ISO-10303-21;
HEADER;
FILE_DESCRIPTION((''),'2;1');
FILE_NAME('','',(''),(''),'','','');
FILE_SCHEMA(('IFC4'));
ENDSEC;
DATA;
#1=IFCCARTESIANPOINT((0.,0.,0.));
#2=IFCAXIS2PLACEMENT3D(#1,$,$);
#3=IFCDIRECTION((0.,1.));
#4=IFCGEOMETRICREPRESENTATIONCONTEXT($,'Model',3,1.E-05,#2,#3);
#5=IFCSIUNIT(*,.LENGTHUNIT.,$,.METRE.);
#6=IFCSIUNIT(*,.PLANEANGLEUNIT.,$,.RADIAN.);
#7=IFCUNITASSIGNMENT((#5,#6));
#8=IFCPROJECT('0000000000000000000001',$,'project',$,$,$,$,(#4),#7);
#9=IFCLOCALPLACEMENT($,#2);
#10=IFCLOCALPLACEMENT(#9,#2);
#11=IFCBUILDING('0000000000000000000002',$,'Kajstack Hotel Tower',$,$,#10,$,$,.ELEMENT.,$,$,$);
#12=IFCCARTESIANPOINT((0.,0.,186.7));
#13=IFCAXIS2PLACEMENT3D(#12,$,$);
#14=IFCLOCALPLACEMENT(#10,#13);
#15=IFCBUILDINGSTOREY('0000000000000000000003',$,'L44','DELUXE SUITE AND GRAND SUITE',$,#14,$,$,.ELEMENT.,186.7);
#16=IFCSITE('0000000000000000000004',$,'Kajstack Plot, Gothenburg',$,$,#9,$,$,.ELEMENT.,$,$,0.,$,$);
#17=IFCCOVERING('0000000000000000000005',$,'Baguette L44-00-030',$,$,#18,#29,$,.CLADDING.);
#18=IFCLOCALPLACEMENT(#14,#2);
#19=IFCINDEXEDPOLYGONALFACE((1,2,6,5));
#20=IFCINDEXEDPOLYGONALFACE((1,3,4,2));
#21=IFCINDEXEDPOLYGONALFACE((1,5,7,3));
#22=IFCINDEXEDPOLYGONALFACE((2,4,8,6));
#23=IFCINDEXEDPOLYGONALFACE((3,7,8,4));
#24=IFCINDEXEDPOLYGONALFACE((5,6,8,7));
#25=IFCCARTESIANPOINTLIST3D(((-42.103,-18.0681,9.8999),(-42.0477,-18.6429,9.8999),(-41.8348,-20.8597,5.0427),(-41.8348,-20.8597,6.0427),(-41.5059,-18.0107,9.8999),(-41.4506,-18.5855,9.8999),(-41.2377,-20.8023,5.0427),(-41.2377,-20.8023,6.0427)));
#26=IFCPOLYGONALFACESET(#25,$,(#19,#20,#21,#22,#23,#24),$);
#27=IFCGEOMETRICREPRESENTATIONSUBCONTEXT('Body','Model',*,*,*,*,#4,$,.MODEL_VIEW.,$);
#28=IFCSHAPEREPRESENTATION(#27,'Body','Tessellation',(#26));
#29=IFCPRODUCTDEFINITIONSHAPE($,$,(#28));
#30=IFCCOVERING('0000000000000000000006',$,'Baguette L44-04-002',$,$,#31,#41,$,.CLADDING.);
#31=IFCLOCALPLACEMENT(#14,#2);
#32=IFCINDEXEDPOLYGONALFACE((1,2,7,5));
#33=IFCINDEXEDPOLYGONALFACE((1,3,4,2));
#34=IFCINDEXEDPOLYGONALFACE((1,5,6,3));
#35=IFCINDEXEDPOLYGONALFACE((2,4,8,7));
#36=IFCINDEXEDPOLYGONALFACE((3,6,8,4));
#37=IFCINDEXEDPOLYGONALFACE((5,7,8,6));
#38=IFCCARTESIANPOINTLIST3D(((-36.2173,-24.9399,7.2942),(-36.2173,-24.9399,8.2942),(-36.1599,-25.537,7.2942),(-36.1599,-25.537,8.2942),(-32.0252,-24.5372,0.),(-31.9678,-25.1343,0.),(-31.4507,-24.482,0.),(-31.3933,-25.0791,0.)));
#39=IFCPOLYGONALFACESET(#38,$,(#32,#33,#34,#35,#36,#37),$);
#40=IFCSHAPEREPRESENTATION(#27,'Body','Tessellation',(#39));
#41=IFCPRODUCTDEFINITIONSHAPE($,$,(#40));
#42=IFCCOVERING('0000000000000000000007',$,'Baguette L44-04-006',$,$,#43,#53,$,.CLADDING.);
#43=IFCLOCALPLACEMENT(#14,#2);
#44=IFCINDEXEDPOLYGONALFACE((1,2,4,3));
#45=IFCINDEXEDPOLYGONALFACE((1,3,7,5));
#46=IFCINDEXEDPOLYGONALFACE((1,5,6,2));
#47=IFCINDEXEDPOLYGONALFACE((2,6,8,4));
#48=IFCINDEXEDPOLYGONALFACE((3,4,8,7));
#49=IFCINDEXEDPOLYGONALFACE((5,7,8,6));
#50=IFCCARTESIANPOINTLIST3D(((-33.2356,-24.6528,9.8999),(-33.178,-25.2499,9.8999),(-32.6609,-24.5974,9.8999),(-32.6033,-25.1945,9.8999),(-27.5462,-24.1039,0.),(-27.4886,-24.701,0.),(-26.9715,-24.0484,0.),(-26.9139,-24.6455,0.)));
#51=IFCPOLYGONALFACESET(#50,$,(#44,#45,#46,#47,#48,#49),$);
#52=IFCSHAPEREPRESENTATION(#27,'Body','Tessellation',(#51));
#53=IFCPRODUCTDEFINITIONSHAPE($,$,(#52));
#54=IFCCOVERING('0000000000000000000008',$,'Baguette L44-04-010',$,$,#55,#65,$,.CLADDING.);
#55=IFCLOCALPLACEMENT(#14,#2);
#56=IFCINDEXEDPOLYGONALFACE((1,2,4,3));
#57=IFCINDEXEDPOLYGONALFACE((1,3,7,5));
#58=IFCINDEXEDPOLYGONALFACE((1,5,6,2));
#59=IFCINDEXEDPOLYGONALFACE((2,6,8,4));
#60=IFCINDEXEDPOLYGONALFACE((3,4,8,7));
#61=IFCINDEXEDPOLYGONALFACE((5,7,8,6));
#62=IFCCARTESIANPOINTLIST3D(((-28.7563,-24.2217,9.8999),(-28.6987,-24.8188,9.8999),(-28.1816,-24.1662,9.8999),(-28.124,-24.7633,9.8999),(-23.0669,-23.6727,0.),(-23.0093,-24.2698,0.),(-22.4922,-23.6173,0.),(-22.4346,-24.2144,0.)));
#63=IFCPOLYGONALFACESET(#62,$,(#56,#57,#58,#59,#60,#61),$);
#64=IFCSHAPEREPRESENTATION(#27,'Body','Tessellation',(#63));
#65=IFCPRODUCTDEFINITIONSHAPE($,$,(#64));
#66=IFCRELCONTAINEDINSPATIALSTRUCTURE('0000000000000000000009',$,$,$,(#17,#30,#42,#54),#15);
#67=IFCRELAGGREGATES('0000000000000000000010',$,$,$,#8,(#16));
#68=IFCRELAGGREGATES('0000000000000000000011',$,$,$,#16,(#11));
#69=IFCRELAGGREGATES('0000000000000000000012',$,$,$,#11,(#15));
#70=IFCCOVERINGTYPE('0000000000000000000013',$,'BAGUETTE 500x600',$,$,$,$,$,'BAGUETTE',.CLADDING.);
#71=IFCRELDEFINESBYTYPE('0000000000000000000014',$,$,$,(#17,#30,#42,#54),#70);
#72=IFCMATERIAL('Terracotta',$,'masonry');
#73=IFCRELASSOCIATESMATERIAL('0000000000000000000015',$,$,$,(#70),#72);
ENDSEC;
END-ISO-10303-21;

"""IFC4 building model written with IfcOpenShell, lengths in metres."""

from ifc_helpers import new_model, si_unit, direction, frame, origin, origin_2d, place, context, subcontext, project, spatial, polyline, rectangle, outline, extrude, material, material_profile, profile_set, type_object, element, save


model = new_model("IFC4")

# Units and contexts
model_context = context("Model", 3, precision=1e-05, world=origin(), true_north=direction((0.0, 1.0)))
body_context = subcontext(model_context, "Body", "Model", "MODEL_VIEW")
ifc_project = project(units=[si_unit("LENGTHUNIT", "METRE"), si_unit("PLANEANGLEUNIT", "RADIAN")], contexts=[model_context])

# Site, building, storey
site_placement = place(None, origin())
site = spatial("IfcSite", under=ifc_project, at=site_placement, Name="Kajstack Plot, Gothenburg", CompositionType="ELEMENT", RefElevation=0.0)
building_placement = place(site_placement, origin())
building = spatial("IfcBuilding", under=site, at=building_placement, Name="Kajstack Hotel Tower", CompositionType="ELEMENT")
storey_placement = place(building_placement, frame((0.0, 0.0, 186.7)))
storey = spatial("IfcBuildingStorey", under=building, at=storey_placement, Name="L44", Description="DELUXE SUITE AND GRAND SUITE", CompositionType="ELEMENT", Elevation=186.7)

# Coverings
ifc_material_1 = material(Name="Terracotta", Category="masonry")
ifc_material_profile = material_profile(ifc_material_1, rectangle(XDim=0.6001, YDim=0.5, at=origin_2d()), Name="Terracotta-clad concrete baguette 500 x 600")
ifc_profile_set = profile_set([ifc_material_profile], Name="Terracotta")
covering_type = type_object("IfcCoveringType", Name="BAGUETTE 500x600", ElementType="BAGUETTE", PredefinedType="CLADDING", material=ifc_profile_set)
covering_1_placement = place(storey_placement, frame((-41.5059, -18.0107, 0.0), z_axis=(-0.995416, -0.095635, 0.0), x_axis=(0.095635, -0.995416, 0.0)))
element("IfcCovering", 1, at=covering_1_placement, inside=storey, type_object=covering_type, Name="Baguette L44-00-030", PredefinedType="CLADDING", context=body_context, shape_type="SweptSolid", body=[
    extrude(outline(polyline([(0.0, 9.8999), (2.8044, 5.0427), (2.8044, 6.0427), (0.5774, 9.8999), (0.0, 9.8999)])), origin(), (0.0, 0.0, 1.0), 0.5999),
])
covering_2_placement = place(storey_placement, frame((-36.2173, -24.9399, 0.0), z_axis=(0.095635, -0.995416, 0.0), x_axis=(0.995416, 0.095635, 0.0)))
element("IfcCovering", 2, at=covering_2_placement, inside=storey, type_object=covering_type, Name="Baguette L44-04-002", PredefinedType="CLADDING", context=body_context, shape_type="SweptSolid", body=[
    extrude(outline(polyline([(4.7886, 0.0), (0.0, 8.2942), (0.0, 7.2942), (4.2114, 0.0), (4.7886, 0.0)])), origin(), (0.0, 0.0, 1.0), 0.5999),
])
for number, where, z_axis, x_axis, name in (
    (3, (-33.2356, -24.6528, 0.0), (0.096038, -0.995378, 0.0), (0.995378, 0.096038, 0.0), "Baguette L44-04-006"),
    (4, (-28.7563, -24.2217, 0.0), (0.096038, -0.995378, 0.0), (0.995378, 0.096038, 0.0), "Baguette L44-04-010"),
):
    element("IfcCovering", number, at=place(storey_placement, frame(where, z_axis=z_axis, x_axis=x_axis)), inside=storey, type_object=covering_type, Name=name, PredefinedType="CLADDING", context=body_context, shape_type="SweptSolid", body=[
        extrude(outline(polyline([(0.0, 9.8999), (5.7158, 0.0), (6.2932, 0.0), (0.5774, 9.8999), (0.0, 9.8999)])), origin(), (0.0, 0.0, 1.0), 0.5999),
    ])

save(model, "model.ifc")
